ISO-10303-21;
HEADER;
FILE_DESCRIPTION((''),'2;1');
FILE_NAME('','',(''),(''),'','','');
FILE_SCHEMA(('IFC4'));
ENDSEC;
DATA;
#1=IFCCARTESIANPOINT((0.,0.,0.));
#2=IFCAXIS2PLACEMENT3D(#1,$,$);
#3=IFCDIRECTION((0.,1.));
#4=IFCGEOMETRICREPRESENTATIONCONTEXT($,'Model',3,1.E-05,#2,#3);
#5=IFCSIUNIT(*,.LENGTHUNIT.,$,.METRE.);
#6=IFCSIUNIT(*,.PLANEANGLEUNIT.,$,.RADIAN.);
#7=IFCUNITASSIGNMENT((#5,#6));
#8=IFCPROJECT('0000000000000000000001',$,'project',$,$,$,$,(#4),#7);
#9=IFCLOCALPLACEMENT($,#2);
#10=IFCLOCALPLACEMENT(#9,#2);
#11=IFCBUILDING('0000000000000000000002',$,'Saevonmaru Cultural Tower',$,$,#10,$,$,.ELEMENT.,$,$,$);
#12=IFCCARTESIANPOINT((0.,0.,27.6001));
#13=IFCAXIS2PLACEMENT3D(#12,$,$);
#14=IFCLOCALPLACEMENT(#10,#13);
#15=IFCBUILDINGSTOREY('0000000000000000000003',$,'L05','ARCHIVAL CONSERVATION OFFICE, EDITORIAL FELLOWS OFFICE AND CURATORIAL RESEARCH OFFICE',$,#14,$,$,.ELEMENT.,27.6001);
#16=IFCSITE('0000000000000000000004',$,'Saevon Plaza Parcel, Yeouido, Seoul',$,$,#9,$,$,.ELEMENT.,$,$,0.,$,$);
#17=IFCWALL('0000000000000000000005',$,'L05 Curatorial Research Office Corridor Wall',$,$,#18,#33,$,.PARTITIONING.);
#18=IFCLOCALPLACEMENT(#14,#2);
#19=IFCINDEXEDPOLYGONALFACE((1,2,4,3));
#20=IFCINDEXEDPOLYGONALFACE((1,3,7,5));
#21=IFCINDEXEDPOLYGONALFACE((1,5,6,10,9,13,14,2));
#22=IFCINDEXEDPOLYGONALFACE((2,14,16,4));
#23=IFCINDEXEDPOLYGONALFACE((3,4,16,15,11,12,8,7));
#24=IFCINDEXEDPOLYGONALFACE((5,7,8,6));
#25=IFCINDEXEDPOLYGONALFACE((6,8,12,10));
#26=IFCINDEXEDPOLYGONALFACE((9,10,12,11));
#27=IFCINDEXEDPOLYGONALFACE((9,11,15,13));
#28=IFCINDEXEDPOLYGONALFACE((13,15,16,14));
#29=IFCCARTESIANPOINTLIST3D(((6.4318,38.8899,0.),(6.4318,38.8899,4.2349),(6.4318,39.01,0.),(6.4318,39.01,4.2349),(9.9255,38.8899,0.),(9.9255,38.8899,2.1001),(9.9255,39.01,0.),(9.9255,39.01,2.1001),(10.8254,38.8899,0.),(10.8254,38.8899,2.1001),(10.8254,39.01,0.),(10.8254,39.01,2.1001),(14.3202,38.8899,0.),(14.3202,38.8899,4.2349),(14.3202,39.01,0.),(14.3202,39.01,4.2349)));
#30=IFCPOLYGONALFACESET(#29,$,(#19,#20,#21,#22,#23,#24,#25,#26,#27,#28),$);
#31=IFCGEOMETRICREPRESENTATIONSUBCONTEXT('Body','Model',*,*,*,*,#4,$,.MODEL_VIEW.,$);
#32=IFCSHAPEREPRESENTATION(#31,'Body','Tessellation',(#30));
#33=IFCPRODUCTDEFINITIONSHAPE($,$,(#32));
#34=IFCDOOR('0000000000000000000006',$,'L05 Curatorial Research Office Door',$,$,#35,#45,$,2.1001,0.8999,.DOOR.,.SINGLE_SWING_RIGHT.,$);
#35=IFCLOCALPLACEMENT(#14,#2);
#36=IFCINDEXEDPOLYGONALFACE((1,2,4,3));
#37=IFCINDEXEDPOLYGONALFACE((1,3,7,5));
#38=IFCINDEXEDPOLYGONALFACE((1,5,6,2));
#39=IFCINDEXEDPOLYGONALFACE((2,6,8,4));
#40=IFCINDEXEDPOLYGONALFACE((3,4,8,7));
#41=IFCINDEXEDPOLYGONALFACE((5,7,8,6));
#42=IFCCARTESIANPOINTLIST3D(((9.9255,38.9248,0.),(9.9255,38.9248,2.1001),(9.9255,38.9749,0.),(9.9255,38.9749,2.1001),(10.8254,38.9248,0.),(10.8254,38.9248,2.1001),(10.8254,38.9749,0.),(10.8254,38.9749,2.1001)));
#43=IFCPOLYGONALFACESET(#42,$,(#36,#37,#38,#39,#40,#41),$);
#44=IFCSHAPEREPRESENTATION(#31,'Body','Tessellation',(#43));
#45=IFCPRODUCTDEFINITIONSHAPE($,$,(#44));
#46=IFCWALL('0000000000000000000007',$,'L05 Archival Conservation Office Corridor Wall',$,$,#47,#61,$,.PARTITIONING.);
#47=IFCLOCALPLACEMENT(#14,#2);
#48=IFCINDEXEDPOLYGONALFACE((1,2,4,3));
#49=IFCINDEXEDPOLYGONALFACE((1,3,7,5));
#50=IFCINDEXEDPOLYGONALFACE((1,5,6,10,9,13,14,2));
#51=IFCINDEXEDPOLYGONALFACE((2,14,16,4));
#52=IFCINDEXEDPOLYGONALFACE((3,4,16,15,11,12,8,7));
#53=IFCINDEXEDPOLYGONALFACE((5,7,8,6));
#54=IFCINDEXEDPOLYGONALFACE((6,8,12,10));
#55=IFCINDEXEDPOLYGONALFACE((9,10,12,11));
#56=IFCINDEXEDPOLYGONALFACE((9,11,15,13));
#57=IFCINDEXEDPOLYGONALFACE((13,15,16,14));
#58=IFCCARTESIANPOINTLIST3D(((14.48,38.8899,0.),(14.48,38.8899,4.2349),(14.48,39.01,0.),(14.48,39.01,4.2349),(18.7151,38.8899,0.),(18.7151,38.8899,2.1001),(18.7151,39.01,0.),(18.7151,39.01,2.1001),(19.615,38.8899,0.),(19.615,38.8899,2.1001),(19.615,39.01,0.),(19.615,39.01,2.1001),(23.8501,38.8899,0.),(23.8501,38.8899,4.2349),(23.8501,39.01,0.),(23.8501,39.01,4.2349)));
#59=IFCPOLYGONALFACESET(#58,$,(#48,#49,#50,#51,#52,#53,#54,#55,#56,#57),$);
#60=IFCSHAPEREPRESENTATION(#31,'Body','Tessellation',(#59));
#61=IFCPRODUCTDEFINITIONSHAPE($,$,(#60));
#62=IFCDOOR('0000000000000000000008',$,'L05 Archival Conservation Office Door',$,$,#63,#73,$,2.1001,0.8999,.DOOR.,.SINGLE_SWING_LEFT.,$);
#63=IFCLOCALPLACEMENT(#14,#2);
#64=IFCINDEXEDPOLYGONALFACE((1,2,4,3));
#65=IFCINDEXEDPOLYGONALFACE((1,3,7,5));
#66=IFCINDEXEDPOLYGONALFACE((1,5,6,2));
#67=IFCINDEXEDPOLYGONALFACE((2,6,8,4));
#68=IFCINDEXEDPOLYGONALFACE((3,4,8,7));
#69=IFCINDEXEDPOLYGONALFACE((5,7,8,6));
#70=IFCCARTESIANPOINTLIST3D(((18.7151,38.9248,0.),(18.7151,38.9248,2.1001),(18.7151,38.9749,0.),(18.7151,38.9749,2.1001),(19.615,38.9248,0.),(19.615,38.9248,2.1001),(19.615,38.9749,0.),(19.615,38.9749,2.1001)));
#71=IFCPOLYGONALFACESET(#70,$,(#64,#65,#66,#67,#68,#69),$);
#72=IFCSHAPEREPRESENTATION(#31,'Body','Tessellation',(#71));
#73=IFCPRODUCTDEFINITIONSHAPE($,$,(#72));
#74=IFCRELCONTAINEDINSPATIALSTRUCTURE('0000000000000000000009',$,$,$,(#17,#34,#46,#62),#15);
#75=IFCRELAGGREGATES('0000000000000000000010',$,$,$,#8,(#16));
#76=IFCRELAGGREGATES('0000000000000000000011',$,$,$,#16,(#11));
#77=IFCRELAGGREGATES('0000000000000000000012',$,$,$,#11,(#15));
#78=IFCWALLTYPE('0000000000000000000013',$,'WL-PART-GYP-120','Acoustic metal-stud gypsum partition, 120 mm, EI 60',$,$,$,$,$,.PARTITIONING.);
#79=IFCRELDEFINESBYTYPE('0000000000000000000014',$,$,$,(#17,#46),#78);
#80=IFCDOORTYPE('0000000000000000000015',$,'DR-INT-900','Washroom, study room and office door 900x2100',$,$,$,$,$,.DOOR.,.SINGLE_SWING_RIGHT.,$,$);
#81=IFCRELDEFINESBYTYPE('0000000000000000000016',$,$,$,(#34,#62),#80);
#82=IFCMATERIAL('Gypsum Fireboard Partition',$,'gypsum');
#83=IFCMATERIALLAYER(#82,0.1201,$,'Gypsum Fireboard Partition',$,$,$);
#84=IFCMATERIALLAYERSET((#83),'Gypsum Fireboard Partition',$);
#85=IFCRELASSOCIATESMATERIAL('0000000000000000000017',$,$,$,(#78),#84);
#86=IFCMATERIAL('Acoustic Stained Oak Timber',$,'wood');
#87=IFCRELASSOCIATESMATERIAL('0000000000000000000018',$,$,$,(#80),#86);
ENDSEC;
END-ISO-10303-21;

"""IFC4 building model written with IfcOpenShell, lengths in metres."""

from ifc_helpers import new_model, si_unit, direction, frame, frame_2d, origin, place, context, subcontext, project, spatial, rectangle, extrude, material, layer, layer_set, type_object, element, fill, save


model = new_model("IFC4")

# Units and contexts
model_context = context("Model", 3, precision=1e-05, world=origin(), true_north=direction((0.0, 1.0)))
body_context = subcontext(model_context, "Body", "Model", "MODEL_VIEW")
ifc_project = project(units=[si_unit("LENGTHUNIT", "METRE"), si_unit("PLANEANGLEUNIT", "RADIAN")], contexts=[model_context])

# Site, building, storey
site_placement = place(None, origin())
site = spatial("IfcSite", under=ifc_project, at=site_placement, Name="Saevon Plaza Parcel, Yeouido, Seoul", CompositionType="ELEMENT", RefElevation=0.0)
building_placement = place(site_placement, origin())
building = spatial("IfcBuilding", under=site, at=building_placement, Name="Saevonmaru Cultural Tower", CompositionType="ELEMENT")
storey_placement = place(building_placement, frame((0.0, 0.0, 27.6001)))
storey = spatial("IfcBuildingStorey", under=building, at=storey_placement, Name="L05", Description="ARCHIVAL CONSERVATION OFFICE, EDITORIAL FELLOWS OFFICE AND CURATORIAL RESEARCH OFFICE", CompositionType="ELEMENT", Elevation=27.6001)

# Walls, openings, doors
ifc_material_1 = material(Name="Gypsum Fireboard Partition", Category="gypsum")
ifc_layer_1 = layer(ifc_material_1, 0.1201, Name="Gypsum Fireboard Partition")
ifc_layer_set_1 = layer_set([ifc_layer_1], Name="Gypsum Fireboard Partition")
wall_type = type_object("IfcWallType", Name="WL-PART-GYP-120", Description="Acoustic metal-stud gypsum partition, 120 mm, EI 60", PredefinedType="PARTITIONING", material=ifc_layer_set_1)
wall_1_placement = place(storey_placement, frame((6.4316, 38.95, 0.0), z_axis=(0.0, 0.0, 1.0), x_axis=(1.0, 0.0, 0.0)))
wall_1 = element("IfcWall", 1, at=wall_1_placement, inside=storey, type_object=wall_type, Name="L05 Curatorial Research Office Corridor Wall", PredefinedType="PARTITIONING", context=body_context, shape_type="SweptSolid", body=[
    extrude(rectangle(XDim=7.8884, YDim=0.1201, at=frame_2d((3.9443, 0.0))), origin(), (0.0, 0.0, 1.0), 4.2349),
])
opening_1_placement = place(wall_1_placement, frame((3.4939, 0.0, 0.0)))
opening_1 = element("IfcOpeningElement", 2, at=opening_1_placement, cuts=wall_1, PredefinedType="OPENING", context=body_context, shape_type="SweptSolid", body=[
    extrude(rectangle(XDim=0.8999, YDim=2.1001, at=frame_2d((0.45, 1.05))), frame((0.0, 0.0701, 0.0), z_axis=(0.0, -1.0, 0.0), x_axis=(1.0, 0.0, 0.0)), (0.0, 0.0, 1.0), 0.1401),
])
ifc_material_2 = material(Name="Acoustic Stained Oak Timber", Category="wood")
door_type = type_object("IfcDoorType", Name="DR-INT-900", Description="Washroom, study room and office door 900x2100", OperationType="SINGLE_SWING_RIGHT", PredefinedType="DOOR", material=ifc_material_2)
door_1_placement = place(opening_1_placement, origin())
door_1 = element("IfcDoor", 3, at=door_1_placement, inside=storey, type_object=door_type, Name="L05 Curatorial Research Office Door", OperationType="SINGLE_SWING_RIGHT", OverallHeight=2.1001, OverallWidth=0.8999, PredefinedType="DOOR", context=body_context, shape_type="SweptSolid", body=[
    extrude(rectangle(XDim=0.8999, YDim=2.1001, at=frame_2d((0.45, 1.05))), frame((0.0, 0.0249, 0.0), z_axis=(0.0, -1.0, 0.0), x_axis=(1.0, 0.0, 0.0)), (0.0, 0.0, 1.0), 0.05),
])
fill(opening_1, door_1)
wall_2_placement = place(storey_placement, frame((14.48, 38.95, 0.0), z_axis=(0.0, 0.0, 1.0), x_axis=(1.0, 0.0, 0.0)))
wall_2 = element("IfcWall", 4, at=wall_2_placement, inside=storey, type_object=wall_type, Name="L05 Archival Conservation Office Corridor Wall", PredefinedType="PARTITIONING", context=body_context, shape_type="SweptSolid", body=[
    extrude(rectangle(XDim=9.3701, YDim=0.1201, at=frame_2d((4.6851, 0.0))), origin(), (0.0, 0.0, 1.0), 4.2349),
])
opening_2_placement = place(wall_2_placement, frame((4.2351, 0.0, 0.0)))
opening_2 = element("IfcOpeningElement", 5, at=opening_2_placement, cuts=wall_2, PredefinedType="OPENING", context=body_context, shape_type="SweptSolid", body=[
    extrude(rectangle(XDim=0.8999, YDim=2.1001, at=frame_2d((0.45, 1.05))), frame((0.0, 0.0701, 0.0), z_axis=(0.0, -1.0, 0.0), x_axis=(1.0, 0.0, 0.0)), (0.0, 0.0, 1.0), 0.1401),
])
door_2_placement = place(opening_2_placement, origin())
door_2 = element("IfcDoor", 6, at=door_2_placement, inside=storey, type_object=door_type, Name="L05 Archival Conservation Office Door", OperationType="SINGLE_SWING_LEFT", OverallHeight=2.1001, OverallWidth=0.8999, PredefinedType="DOOR", context=body_context, shape_type="SweptSolid", body=[
    extrude(rectangle(XDim=0.8999, YDim=2.1001, at=frame_2d((0.45, 1.05))), frame((0.0, 0.0249, 0.0), z_axis=(0.0, -1.0, 0.0), x_axis=(1.0, 0.0, 0.0)), (0.0, 0.0, 1.0), 0.05),
])
fill(opening_2, door_2)

save(model, "model.ifc")
